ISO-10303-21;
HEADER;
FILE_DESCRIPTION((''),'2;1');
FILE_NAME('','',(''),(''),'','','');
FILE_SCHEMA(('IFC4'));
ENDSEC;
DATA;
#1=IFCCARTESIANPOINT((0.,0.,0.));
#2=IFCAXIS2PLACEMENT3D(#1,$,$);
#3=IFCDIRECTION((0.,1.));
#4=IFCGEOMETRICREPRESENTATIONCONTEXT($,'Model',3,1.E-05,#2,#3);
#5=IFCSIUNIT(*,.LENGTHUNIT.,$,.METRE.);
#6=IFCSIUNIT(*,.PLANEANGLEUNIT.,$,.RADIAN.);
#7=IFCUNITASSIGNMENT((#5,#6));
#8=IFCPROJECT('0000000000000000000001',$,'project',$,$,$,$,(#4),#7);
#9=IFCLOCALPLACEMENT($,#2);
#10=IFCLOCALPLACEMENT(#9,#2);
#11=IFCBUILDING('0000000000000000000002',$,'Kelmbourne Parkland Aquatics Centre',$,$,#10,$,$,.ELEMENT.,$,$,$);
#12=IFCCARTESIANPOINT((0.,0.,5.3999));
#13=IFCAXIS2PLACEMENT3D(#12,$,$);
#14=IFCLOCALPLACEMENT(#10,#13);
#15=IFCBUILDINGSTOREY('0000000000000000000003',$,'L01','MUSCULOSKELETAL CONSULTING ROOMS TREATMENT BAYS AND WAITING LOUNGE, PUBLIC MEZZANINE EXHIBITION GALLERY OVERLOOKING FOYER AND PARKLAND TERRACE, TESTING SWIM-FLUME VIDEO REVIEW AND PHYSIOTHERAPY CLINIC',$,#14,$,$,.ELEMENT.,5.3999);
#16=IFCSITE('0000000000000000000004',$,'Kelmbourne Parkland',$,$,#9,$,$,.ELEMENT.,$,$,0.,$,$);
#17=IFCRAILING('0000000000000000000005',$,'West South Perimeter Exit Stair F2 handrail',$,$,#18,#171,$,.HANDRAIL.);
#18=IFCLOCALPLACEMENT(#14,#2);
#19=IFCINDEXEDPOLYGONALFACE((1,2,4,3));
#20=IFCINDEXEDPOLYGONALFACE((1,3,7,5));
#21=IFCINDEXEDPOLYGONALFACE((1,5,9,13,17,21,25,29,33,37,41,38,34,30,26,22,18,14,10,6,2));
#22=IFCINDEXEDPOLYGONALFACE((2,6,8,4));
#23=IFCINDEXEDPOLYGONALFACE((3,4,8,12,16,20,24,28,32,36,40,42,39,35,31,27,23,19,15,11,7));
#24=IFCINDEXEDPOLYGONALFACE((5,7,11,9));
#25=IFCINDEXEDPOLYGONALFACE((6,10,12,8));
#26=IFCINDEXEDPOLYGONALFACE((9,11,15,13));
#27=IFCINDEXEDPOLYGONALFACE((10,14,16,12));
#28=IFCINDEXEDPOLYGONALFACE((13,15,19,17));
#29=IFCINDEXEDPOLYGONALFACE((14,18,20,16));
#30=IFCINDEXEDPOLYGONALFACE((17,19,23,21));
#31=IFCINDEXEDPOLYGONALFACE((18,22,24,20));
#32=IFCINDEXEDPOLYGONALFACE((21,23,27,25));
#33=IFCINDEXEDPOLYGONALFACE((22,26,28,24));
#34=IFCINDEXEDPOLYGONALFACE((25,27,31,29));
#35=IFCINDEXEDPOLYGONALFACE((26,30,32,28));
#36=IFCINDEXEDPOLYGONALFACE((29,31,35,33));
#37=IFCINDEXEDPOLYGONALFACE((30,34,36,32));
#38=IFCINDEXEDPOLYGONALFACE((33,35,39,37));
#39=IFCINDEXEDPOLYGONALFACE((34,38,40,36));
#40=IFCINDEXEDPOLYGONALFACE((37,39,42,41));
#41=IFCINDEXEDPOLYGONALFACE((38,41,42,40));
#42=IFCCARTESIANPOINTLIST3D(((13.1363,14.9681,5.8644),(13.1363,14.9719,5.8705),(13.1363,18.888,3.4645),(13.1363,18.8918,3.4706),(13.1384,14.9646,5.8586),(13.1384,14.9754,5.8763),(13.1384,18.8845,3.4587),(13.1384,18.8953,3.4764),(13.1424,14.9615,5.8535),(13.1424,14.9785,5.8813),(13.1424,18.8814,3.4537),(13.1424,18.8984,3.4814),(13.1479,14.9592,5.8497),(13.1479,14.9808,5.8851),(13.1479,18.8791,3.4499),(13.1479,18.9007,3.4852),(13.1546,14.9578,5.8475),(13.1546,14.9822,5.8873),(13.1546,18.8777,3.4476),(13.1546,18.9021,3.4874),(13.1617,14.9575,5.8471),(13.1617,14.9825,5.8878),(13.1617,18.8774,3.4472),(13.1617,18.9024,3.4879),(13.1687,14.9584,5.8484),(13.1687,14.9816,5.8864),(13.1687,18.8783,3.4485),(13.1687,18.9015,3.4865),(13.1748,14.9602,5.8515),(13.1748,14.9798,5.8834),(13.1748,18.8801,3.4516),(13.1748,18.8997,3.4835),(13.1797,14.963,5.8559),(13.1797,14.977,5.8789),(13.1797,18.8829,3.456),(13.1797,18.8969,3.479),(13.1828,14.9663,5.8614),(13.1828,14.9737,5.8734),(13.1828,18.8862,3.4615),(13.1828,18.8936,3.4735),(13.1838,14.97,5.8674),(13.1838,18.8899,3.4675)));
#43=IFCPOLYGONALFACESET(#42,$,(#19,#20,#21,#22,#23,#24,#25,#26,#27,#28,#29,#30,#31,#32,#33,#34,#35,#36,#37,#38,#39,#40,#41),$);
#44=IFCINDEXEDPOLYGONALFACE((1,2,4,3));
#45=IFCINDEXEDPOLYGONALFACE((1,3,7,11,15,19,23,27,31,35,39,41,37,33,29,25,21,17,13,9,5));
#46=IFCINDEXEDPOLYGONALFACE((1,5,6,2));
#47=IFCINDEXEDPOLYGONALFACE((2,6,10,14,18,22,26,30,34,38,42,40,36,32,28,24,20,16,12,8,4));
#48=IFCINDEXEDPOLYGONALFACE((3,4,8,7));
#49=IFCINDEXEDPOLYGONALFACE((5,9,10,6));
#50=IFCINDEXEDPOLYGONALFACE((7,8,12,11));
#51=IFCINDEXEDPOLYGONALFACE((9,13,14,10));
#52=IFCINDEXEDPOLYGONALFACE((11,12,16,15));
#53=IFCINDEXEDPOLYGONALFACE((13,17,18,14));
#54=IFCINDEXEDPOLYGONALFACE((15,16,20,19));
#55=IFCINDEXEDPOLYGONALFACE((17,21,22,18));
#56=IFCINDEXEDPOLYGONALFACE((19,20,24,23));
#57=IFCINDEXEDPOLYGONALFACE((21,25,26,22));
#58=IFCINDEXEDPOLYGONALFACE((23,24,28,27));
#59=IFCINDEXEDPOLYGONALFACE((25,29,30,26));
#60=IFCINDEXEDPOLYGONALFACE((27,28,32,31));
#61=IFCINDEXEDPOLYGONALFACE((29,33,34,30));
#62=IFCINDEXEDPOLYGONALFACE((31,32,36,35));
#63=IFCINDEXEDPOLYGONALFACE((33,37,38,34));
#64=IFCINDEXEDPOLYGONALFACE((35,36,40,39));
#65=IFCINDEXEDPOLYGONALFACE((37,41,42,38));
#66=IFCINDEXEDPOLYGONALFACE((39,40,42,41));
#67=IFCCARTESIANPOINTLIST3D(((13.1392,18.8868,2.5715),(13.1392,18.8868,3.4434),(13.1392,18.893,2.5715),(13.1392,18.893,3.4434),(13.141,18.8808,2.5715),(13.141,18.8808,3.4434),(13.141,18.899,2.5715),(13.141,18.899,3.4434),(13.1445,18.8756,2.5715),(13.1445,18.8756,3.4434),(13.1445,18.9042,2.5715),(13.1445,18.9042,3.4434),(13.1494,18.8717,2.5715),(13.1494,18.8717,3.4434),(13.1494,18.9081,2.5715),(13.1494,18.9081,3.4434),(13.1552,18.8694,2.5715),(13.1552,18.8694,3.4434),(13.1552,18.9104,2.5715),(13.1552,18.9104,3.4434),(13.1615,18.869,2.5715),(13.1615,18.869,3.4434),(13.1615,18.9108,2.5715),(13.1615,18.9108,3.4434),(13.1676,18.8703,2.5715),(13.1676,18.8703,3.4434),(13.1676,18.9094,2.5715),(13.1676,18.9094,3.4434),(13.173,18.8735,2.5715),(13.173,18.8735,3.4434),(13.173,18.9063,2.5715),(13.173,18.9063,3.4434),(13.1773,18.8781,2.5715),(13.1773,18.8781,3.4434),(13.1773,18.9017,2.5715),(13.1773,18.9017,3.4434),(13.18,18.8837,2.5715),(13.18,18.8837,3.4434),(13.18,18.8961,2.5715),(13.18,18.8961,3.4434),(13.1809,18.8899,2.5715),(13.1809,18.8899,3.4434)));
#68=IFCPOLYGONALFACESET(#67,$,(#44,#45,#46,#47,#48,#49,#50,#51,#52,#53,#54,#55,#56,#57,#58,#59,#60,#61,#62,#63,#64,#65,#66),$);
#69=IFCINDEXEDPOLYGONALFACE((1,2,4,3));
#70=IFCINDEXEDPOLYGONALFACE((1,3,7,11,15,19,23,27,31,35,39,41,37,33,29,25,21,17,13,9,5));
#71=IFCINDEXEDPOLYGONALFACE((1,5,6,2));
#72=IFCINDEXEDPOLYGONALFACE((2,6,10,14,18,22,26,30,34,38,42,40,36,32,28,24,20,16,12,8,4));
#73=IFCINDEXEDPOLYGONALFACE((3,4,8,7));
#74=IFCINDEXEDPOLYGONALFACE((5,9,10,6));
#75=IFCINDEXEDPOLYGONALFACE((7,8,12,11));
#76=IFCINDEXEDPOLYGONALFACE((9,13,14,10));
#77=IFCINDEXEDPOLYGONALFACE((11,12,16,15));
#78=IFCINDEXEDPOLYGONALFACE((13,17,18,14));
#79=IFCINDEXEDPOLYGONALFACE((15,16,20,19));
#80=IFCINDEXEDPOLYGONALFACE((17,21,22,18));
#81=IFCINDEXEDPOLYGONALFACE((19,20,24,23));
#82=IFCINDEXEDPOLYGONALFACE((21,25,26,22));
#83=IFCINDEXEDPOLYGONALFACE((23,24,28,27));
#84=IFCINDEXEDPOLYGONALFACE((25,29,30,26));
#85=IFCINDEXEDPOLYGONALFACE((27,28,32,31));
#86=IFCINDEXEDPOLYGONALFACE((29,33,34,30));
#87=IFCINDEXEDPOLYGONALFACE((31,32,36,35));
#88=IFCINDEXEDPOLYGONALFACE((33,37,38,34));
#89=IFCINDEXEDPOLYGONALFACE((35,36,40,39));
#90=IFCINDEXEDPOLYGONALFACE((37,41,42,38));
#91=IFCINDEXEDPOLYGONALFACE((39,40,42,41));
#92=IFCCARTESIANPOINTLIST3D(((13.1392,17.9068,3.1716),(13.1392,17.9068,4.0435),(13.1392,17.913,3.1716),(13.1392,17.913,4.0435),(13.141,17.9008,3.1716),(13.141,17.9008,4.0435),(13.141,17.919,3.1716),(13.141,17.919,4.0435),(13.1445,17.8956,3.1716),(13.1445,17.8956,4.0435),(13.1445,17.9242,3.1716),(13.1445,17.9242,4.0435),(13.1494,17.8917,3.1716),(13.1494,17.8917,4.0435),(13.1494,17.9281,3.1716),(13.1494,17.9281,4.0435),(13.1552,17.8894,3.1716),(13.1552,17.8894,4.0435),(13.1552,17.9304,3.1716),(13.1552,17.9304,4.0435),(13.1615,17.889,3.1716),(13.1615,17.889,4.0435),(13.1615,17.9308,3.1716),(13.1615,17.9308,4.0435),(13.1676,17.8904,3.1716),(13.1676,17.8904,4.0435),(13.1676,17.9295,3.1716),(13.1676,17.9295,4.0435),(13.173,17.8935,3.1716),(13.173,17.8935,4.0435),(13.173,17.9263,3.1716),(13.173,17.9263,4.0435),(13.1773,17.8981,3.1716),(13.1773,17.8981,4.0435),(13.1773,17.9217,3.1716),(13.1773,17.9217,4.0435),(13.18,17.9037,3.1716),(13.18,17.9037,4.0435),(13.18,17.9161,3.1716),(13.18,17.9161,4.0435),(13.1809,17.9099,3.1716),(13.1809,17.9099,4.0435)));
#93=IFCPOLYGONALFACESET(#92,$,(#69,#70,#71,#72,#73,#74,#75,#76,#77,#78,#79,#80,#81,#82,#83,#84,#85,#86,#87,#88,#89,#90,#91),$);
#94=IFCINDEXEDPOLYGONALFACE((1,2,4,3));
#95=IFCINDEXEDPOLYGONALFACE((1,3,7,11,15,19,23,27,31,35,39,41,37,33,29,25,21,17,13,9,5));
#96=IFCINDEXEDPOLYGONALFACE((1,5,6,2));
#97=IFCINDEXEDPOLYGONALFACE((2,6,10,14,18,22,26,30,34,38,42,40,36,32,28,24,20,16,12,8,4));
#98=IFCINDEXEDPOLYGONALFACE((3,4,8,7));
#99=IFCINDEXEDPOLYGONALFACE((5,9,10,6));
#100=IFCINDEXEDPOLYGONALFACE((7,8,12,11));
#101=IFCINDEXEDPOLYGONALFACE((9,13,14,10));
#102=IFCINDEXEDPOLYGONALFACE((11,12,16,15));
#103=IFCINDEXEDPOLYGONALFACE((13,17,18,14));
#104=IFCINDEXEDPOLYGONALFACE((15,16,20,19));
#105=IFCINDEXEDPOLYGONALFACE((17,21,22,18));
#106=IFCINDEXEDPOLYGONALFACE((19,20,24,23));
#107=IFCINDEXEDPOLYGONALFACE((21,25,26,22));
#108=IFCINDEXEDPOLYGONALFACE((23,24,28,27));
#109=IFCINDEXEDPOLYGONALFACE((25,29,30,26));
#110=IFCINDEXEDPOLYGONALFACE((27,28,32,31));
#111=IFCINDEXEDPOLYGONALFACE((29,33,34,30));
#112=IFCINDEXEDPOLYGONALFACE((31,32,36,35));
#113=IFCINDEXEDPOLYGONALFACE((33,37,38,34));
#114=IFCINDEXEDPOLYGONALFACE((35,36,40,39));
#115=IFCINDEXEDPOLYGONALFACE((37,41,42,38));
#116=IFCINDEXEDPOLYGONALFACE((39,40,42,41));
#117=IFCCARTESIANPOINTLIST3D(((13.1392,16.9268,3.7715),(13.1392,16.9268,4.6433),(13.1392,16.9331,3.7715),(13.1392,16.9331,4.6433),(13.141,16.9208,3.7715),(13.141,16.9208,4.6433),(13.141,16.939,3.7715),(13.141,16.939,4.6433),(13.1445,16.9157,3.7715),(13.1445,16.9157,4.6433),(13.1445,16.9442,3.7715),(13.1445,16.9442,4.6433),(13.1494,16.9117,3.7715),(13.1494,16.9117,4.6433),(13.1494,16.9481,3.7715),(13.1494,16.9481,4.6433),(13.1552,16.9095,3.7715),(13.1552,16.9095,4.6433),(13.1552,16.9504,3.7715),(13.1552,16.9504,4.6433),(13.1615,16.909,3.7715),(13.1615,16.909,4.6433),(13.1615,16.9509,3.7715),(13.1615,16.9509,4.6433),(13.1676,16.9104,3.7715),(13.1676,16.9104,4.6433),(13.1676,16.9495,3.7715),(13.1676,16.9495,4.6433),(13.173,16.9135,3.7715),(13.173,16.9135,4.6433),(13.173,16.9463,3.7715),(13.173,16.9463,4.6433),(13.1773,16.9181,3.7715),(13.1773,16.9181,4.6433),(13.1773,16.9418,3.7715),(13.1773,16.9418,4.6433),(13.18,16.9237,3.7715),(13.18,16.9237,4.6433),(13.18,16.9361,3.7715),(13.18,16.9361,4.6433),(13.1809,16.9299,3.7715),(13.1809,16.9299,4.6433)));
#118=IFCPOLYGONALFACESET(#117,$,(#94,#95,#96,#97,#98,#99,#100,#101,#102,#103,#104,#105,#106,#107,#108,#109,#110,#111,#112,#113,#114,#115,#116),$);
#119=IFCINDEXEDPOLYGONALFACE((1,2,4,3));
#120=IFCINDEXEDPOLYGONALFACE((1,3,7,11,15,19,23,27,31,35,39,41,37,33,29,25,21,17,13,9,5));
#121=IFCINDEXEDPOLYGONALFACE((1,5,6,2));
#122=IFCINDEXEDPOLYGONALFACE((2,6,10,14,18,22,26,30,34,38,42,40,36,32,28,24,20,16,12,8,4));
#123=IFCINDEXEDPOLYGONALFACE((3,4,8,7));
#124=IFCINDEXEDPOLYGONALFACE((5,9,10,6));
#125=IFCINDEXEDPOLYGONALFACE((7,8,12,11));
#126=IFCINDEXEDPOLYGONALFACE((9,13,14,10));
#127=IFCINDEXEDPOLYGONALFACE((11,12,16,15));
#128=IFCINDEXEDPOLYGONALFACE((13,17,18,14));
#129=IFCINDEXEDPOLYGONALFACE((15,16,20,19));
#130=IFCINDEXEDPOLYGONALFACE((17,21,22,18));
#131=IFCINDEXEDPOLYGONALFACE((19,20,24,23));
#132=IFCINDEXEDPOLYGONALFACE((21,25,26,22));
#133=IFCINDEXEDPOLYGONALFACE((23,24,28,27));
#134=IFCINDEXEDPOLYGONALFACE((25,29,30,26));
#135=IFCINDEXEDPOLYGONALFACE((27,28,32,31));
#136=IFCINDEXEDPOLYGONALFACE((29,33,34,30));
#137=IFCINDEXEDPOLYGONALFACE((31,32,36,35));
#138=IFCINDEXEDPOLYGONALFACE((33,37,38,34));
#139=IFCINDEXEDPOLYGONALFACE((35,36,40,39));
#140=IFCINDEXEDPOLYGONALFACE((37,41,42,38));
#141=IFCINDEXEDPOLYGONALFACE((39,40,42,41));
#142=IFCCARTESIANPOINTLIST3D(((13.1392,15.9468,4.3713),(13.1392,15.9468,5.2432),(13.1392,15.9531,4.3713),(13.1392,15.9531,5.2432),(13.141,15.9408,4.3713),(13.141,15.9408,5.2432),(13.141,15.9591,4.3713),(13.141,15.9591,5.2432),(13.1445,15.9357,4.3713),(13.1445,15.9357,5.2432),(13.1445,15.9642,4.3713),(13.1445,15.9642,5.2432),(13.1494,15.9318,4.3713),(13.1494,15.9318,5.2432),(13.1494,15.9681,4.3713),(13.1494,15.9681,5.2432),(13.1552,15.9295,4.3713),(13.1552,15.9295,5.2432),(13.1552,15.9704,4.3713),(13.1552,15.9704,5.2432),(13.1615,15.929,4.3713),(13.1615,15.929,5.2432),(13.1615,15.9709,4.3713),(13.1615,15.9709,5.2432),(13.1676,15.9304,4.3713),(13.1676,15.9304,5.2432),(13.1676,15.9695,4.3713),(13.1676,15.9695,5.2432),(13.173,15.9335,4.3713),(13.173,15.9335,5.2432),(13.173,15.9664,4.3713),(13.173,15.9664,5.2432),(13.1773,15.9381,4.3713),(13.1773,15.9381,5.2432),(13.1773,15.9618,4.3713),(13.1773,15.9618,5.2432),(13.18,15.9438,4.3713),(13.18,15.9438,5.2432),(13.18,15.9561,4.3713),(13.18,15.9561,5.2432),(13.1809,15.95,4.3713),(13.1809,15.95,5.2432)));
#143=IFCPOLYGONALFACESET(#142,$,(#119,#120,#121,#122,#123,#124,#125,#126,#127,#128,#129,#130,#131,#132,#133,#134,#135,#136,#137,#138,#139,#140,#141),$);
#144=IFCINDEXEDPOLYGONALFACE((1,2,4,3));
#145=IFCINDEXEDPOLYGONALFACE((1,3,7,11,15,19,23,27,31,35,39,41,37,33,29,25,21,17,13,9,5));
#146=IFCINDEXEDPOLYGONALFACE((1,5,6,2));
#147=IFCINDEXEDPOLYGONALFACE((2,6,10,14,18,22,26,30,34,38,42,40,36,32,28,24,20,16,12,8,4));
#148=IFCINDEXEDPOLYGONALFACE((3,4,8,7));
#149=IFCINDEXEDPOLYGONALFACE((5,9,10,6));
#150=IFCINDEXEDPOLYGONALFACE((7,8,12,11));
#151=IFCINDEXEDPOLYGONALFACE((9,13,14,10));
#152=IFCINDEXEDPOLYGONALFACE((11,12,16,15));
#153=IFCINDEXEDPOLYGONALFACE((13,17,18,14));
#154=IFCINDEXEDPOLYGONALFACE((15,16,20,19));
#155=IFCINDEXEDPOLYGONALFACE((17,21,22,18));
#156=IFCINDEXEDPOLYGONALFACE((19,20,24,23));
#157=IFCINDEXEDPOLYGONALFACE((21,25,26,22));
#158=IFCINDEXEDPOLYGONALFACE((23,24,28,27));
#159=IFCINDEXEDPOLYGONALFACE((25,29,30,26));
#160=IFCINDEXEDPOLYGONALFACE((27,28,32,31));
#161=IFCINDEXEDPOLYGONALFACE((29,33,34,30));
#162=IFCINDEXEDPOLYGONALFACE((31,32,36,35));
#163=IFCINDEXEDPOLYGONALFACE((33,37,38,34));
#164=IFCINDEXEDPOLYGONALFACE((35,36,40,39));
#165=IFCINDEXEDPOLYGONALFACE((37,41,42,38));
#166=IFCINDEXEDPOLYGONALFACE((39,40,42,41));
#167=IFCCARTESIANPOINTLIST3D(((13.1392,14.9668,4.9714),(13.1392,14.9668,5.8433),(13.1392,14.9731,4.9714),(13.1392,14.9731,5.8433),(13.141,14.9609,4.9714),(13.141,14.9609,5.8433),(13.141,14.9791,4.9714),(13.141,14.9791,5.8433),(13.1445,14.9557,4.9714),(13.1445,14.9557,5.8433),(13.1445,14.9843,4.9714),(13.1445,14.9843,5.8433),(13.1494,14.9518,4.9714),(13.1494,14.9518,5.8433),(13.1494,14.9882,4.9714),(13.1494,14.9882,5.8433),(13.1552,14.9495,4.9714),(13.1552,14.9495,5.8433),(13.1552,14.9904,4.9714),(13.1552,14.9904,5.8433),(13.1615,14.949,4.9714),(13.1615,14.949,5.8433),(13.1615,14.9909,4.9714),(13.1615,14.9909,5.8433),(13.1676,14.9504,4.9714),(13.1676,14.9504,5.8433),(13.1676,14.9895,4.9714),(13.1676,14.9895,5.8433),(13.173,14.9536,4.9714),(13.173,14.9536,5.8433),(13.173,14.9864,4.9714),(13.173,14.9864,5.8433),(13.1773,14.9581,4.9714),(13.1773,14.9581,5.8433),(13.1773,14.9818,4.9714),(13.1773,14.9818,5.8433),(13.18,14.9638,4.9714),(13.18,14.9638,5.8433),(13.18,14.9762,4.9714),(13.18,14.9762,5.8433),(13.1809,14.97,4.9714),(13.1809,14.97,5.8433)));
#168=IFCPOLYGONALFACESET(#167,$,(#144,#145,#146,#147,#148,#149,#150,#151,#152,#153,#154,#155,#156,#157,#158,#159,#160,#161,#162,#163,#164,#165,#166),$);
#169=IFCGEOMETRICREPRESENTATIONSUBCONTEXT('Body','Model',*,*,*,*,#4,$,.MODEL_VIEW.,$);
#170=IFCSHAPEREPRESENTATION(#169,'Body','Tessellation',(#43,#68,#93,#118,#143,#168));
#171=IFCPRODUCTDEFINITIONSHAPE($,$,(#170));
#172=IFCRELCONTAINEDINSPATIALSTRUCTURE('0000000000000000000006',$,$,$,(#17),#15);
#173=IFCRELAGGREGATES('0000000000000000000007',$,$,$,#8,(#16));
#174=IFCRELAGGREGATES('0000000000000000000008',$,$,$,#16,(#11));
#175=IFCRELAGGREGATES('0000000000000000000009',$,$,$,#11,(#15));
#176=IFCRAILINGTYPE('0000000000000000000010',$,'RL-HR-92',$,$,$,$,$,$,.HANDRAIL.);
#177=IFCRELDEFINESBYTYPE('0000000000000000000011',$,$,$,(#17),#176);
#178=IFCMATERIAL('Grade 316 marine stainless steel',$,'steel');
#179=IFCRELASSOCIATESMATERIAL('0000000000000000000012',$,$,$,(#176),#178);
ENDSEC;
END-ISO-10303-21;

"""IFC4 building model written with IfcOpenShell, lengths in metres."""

from ifc_helpers import new_model, si_unit, direction, frame, origin, origin_2d, place, context, subcontext, project, spatial, circle, extrude, material, type_object, element, save


model = new_model("IFC4")

# Units and contexts
model_context = context("Model", 3, precision=1e-05, world=origin(), true_north=direction((0.0, 1.0)))
body_context = subcontext(model_context, "Body", "Model", "MODEL_VIEW")
ifc_project = project(units=[si_unit("LENGTHUNIT", "METRE"), si_unit("PLANEANGLEUNIT", "RADIAN")], contexts=[model_context])

# Site, building, storey
site_placement = place(None, origin())
site = spatial("IfcSite", under=ifc_project, at=site_placement, Name="Kelmbourne Parkland", CompositionType="ELEMENT", RefElevation=0.0)
building_placement = place(site_placement, origin())
building = spatial("IfcBuilding", under=site, at=building_placement, Name="Kelmbourne Parkland Aquatics Centre", CompositionType="ELEMENT")
storey_placement = place(building_placement, frame((0.0, 0.0, 5.3999)))
storey = spatial("IfcBuildingStorey", under=building, at=storey_placement, Name="L01", Description="MUSCULOSKELETAL CONSULTING ROOMS TREATMENT BAYS AND WAITING LOUNGE, PUBLIC MEZZANINE EXHIBITION GALLERY OVERLOOKING FOYER AND PARKLAND TERRACE, TESTING SWIM-FLUME VIDEO REVIEW AND PHYSIOTHERAPY CLINIC", CompositionType="ELEMENT", Elevation=5.3999)

# Railing
ifc_material_1 = material(Name="Grade 316 marine stainless steel", Category="steel")
railing_type_1 = type_object("IfcRailingType", Name="RL-HR-92", PredefinedType="HANDRAIL", material=ifc_material_1)
railing_1_placement = place(storey_placement, frame((13.1599, 18.8899, 2.5715)))
element("IfcRailing", 1, at=railing_1_placement, inside=storey, type_object=railing_type_1, Name="West South Perimeter Exit Stair F2 handrail", PredefinedType="HANDRAIL", context=body_context, shape_type="SweptSolid", body=[
    extrude(circle(Radius=0.0239, at=origin_2d()), frame((0.0, 0.0, 0.896), z_axis=(0.0, -0.852856, 0.522146), x_axis=(1.0, 0.0, 0.0)), (0.0, 0.0, 1.0), 4.5962),
    extrude(circle(Radius=0.021, at=origin_2d()), origin(), (0.0, 0.0, 1.0), 0.8718),
    extrude(circle(Radius=0.021, at=origin_2d()), frame((0.0, -0.98, 0.6001)), (0.0, 0.0, 1.0), 0.8718),
    extrude(circle(Radius=0.021, at=origin_2d()), frame((0.0, -1.96, 1.2)), (0.0, 0.0, 1.0), 0.8718),
    extrude(circle(Radius=0.021, at=origin_2d()), frame((0.0, -2.9399, 1.7998)), (0.0, 0.0, 1.0), 0.8718),
    extrude(circle(Radius=0.021, at=origin_2d()), frame((0.0, -3.9199, 2.3999)), (0.0, 0.0, 1.0), 0.8718),
])

save(model, "model.ifc")
